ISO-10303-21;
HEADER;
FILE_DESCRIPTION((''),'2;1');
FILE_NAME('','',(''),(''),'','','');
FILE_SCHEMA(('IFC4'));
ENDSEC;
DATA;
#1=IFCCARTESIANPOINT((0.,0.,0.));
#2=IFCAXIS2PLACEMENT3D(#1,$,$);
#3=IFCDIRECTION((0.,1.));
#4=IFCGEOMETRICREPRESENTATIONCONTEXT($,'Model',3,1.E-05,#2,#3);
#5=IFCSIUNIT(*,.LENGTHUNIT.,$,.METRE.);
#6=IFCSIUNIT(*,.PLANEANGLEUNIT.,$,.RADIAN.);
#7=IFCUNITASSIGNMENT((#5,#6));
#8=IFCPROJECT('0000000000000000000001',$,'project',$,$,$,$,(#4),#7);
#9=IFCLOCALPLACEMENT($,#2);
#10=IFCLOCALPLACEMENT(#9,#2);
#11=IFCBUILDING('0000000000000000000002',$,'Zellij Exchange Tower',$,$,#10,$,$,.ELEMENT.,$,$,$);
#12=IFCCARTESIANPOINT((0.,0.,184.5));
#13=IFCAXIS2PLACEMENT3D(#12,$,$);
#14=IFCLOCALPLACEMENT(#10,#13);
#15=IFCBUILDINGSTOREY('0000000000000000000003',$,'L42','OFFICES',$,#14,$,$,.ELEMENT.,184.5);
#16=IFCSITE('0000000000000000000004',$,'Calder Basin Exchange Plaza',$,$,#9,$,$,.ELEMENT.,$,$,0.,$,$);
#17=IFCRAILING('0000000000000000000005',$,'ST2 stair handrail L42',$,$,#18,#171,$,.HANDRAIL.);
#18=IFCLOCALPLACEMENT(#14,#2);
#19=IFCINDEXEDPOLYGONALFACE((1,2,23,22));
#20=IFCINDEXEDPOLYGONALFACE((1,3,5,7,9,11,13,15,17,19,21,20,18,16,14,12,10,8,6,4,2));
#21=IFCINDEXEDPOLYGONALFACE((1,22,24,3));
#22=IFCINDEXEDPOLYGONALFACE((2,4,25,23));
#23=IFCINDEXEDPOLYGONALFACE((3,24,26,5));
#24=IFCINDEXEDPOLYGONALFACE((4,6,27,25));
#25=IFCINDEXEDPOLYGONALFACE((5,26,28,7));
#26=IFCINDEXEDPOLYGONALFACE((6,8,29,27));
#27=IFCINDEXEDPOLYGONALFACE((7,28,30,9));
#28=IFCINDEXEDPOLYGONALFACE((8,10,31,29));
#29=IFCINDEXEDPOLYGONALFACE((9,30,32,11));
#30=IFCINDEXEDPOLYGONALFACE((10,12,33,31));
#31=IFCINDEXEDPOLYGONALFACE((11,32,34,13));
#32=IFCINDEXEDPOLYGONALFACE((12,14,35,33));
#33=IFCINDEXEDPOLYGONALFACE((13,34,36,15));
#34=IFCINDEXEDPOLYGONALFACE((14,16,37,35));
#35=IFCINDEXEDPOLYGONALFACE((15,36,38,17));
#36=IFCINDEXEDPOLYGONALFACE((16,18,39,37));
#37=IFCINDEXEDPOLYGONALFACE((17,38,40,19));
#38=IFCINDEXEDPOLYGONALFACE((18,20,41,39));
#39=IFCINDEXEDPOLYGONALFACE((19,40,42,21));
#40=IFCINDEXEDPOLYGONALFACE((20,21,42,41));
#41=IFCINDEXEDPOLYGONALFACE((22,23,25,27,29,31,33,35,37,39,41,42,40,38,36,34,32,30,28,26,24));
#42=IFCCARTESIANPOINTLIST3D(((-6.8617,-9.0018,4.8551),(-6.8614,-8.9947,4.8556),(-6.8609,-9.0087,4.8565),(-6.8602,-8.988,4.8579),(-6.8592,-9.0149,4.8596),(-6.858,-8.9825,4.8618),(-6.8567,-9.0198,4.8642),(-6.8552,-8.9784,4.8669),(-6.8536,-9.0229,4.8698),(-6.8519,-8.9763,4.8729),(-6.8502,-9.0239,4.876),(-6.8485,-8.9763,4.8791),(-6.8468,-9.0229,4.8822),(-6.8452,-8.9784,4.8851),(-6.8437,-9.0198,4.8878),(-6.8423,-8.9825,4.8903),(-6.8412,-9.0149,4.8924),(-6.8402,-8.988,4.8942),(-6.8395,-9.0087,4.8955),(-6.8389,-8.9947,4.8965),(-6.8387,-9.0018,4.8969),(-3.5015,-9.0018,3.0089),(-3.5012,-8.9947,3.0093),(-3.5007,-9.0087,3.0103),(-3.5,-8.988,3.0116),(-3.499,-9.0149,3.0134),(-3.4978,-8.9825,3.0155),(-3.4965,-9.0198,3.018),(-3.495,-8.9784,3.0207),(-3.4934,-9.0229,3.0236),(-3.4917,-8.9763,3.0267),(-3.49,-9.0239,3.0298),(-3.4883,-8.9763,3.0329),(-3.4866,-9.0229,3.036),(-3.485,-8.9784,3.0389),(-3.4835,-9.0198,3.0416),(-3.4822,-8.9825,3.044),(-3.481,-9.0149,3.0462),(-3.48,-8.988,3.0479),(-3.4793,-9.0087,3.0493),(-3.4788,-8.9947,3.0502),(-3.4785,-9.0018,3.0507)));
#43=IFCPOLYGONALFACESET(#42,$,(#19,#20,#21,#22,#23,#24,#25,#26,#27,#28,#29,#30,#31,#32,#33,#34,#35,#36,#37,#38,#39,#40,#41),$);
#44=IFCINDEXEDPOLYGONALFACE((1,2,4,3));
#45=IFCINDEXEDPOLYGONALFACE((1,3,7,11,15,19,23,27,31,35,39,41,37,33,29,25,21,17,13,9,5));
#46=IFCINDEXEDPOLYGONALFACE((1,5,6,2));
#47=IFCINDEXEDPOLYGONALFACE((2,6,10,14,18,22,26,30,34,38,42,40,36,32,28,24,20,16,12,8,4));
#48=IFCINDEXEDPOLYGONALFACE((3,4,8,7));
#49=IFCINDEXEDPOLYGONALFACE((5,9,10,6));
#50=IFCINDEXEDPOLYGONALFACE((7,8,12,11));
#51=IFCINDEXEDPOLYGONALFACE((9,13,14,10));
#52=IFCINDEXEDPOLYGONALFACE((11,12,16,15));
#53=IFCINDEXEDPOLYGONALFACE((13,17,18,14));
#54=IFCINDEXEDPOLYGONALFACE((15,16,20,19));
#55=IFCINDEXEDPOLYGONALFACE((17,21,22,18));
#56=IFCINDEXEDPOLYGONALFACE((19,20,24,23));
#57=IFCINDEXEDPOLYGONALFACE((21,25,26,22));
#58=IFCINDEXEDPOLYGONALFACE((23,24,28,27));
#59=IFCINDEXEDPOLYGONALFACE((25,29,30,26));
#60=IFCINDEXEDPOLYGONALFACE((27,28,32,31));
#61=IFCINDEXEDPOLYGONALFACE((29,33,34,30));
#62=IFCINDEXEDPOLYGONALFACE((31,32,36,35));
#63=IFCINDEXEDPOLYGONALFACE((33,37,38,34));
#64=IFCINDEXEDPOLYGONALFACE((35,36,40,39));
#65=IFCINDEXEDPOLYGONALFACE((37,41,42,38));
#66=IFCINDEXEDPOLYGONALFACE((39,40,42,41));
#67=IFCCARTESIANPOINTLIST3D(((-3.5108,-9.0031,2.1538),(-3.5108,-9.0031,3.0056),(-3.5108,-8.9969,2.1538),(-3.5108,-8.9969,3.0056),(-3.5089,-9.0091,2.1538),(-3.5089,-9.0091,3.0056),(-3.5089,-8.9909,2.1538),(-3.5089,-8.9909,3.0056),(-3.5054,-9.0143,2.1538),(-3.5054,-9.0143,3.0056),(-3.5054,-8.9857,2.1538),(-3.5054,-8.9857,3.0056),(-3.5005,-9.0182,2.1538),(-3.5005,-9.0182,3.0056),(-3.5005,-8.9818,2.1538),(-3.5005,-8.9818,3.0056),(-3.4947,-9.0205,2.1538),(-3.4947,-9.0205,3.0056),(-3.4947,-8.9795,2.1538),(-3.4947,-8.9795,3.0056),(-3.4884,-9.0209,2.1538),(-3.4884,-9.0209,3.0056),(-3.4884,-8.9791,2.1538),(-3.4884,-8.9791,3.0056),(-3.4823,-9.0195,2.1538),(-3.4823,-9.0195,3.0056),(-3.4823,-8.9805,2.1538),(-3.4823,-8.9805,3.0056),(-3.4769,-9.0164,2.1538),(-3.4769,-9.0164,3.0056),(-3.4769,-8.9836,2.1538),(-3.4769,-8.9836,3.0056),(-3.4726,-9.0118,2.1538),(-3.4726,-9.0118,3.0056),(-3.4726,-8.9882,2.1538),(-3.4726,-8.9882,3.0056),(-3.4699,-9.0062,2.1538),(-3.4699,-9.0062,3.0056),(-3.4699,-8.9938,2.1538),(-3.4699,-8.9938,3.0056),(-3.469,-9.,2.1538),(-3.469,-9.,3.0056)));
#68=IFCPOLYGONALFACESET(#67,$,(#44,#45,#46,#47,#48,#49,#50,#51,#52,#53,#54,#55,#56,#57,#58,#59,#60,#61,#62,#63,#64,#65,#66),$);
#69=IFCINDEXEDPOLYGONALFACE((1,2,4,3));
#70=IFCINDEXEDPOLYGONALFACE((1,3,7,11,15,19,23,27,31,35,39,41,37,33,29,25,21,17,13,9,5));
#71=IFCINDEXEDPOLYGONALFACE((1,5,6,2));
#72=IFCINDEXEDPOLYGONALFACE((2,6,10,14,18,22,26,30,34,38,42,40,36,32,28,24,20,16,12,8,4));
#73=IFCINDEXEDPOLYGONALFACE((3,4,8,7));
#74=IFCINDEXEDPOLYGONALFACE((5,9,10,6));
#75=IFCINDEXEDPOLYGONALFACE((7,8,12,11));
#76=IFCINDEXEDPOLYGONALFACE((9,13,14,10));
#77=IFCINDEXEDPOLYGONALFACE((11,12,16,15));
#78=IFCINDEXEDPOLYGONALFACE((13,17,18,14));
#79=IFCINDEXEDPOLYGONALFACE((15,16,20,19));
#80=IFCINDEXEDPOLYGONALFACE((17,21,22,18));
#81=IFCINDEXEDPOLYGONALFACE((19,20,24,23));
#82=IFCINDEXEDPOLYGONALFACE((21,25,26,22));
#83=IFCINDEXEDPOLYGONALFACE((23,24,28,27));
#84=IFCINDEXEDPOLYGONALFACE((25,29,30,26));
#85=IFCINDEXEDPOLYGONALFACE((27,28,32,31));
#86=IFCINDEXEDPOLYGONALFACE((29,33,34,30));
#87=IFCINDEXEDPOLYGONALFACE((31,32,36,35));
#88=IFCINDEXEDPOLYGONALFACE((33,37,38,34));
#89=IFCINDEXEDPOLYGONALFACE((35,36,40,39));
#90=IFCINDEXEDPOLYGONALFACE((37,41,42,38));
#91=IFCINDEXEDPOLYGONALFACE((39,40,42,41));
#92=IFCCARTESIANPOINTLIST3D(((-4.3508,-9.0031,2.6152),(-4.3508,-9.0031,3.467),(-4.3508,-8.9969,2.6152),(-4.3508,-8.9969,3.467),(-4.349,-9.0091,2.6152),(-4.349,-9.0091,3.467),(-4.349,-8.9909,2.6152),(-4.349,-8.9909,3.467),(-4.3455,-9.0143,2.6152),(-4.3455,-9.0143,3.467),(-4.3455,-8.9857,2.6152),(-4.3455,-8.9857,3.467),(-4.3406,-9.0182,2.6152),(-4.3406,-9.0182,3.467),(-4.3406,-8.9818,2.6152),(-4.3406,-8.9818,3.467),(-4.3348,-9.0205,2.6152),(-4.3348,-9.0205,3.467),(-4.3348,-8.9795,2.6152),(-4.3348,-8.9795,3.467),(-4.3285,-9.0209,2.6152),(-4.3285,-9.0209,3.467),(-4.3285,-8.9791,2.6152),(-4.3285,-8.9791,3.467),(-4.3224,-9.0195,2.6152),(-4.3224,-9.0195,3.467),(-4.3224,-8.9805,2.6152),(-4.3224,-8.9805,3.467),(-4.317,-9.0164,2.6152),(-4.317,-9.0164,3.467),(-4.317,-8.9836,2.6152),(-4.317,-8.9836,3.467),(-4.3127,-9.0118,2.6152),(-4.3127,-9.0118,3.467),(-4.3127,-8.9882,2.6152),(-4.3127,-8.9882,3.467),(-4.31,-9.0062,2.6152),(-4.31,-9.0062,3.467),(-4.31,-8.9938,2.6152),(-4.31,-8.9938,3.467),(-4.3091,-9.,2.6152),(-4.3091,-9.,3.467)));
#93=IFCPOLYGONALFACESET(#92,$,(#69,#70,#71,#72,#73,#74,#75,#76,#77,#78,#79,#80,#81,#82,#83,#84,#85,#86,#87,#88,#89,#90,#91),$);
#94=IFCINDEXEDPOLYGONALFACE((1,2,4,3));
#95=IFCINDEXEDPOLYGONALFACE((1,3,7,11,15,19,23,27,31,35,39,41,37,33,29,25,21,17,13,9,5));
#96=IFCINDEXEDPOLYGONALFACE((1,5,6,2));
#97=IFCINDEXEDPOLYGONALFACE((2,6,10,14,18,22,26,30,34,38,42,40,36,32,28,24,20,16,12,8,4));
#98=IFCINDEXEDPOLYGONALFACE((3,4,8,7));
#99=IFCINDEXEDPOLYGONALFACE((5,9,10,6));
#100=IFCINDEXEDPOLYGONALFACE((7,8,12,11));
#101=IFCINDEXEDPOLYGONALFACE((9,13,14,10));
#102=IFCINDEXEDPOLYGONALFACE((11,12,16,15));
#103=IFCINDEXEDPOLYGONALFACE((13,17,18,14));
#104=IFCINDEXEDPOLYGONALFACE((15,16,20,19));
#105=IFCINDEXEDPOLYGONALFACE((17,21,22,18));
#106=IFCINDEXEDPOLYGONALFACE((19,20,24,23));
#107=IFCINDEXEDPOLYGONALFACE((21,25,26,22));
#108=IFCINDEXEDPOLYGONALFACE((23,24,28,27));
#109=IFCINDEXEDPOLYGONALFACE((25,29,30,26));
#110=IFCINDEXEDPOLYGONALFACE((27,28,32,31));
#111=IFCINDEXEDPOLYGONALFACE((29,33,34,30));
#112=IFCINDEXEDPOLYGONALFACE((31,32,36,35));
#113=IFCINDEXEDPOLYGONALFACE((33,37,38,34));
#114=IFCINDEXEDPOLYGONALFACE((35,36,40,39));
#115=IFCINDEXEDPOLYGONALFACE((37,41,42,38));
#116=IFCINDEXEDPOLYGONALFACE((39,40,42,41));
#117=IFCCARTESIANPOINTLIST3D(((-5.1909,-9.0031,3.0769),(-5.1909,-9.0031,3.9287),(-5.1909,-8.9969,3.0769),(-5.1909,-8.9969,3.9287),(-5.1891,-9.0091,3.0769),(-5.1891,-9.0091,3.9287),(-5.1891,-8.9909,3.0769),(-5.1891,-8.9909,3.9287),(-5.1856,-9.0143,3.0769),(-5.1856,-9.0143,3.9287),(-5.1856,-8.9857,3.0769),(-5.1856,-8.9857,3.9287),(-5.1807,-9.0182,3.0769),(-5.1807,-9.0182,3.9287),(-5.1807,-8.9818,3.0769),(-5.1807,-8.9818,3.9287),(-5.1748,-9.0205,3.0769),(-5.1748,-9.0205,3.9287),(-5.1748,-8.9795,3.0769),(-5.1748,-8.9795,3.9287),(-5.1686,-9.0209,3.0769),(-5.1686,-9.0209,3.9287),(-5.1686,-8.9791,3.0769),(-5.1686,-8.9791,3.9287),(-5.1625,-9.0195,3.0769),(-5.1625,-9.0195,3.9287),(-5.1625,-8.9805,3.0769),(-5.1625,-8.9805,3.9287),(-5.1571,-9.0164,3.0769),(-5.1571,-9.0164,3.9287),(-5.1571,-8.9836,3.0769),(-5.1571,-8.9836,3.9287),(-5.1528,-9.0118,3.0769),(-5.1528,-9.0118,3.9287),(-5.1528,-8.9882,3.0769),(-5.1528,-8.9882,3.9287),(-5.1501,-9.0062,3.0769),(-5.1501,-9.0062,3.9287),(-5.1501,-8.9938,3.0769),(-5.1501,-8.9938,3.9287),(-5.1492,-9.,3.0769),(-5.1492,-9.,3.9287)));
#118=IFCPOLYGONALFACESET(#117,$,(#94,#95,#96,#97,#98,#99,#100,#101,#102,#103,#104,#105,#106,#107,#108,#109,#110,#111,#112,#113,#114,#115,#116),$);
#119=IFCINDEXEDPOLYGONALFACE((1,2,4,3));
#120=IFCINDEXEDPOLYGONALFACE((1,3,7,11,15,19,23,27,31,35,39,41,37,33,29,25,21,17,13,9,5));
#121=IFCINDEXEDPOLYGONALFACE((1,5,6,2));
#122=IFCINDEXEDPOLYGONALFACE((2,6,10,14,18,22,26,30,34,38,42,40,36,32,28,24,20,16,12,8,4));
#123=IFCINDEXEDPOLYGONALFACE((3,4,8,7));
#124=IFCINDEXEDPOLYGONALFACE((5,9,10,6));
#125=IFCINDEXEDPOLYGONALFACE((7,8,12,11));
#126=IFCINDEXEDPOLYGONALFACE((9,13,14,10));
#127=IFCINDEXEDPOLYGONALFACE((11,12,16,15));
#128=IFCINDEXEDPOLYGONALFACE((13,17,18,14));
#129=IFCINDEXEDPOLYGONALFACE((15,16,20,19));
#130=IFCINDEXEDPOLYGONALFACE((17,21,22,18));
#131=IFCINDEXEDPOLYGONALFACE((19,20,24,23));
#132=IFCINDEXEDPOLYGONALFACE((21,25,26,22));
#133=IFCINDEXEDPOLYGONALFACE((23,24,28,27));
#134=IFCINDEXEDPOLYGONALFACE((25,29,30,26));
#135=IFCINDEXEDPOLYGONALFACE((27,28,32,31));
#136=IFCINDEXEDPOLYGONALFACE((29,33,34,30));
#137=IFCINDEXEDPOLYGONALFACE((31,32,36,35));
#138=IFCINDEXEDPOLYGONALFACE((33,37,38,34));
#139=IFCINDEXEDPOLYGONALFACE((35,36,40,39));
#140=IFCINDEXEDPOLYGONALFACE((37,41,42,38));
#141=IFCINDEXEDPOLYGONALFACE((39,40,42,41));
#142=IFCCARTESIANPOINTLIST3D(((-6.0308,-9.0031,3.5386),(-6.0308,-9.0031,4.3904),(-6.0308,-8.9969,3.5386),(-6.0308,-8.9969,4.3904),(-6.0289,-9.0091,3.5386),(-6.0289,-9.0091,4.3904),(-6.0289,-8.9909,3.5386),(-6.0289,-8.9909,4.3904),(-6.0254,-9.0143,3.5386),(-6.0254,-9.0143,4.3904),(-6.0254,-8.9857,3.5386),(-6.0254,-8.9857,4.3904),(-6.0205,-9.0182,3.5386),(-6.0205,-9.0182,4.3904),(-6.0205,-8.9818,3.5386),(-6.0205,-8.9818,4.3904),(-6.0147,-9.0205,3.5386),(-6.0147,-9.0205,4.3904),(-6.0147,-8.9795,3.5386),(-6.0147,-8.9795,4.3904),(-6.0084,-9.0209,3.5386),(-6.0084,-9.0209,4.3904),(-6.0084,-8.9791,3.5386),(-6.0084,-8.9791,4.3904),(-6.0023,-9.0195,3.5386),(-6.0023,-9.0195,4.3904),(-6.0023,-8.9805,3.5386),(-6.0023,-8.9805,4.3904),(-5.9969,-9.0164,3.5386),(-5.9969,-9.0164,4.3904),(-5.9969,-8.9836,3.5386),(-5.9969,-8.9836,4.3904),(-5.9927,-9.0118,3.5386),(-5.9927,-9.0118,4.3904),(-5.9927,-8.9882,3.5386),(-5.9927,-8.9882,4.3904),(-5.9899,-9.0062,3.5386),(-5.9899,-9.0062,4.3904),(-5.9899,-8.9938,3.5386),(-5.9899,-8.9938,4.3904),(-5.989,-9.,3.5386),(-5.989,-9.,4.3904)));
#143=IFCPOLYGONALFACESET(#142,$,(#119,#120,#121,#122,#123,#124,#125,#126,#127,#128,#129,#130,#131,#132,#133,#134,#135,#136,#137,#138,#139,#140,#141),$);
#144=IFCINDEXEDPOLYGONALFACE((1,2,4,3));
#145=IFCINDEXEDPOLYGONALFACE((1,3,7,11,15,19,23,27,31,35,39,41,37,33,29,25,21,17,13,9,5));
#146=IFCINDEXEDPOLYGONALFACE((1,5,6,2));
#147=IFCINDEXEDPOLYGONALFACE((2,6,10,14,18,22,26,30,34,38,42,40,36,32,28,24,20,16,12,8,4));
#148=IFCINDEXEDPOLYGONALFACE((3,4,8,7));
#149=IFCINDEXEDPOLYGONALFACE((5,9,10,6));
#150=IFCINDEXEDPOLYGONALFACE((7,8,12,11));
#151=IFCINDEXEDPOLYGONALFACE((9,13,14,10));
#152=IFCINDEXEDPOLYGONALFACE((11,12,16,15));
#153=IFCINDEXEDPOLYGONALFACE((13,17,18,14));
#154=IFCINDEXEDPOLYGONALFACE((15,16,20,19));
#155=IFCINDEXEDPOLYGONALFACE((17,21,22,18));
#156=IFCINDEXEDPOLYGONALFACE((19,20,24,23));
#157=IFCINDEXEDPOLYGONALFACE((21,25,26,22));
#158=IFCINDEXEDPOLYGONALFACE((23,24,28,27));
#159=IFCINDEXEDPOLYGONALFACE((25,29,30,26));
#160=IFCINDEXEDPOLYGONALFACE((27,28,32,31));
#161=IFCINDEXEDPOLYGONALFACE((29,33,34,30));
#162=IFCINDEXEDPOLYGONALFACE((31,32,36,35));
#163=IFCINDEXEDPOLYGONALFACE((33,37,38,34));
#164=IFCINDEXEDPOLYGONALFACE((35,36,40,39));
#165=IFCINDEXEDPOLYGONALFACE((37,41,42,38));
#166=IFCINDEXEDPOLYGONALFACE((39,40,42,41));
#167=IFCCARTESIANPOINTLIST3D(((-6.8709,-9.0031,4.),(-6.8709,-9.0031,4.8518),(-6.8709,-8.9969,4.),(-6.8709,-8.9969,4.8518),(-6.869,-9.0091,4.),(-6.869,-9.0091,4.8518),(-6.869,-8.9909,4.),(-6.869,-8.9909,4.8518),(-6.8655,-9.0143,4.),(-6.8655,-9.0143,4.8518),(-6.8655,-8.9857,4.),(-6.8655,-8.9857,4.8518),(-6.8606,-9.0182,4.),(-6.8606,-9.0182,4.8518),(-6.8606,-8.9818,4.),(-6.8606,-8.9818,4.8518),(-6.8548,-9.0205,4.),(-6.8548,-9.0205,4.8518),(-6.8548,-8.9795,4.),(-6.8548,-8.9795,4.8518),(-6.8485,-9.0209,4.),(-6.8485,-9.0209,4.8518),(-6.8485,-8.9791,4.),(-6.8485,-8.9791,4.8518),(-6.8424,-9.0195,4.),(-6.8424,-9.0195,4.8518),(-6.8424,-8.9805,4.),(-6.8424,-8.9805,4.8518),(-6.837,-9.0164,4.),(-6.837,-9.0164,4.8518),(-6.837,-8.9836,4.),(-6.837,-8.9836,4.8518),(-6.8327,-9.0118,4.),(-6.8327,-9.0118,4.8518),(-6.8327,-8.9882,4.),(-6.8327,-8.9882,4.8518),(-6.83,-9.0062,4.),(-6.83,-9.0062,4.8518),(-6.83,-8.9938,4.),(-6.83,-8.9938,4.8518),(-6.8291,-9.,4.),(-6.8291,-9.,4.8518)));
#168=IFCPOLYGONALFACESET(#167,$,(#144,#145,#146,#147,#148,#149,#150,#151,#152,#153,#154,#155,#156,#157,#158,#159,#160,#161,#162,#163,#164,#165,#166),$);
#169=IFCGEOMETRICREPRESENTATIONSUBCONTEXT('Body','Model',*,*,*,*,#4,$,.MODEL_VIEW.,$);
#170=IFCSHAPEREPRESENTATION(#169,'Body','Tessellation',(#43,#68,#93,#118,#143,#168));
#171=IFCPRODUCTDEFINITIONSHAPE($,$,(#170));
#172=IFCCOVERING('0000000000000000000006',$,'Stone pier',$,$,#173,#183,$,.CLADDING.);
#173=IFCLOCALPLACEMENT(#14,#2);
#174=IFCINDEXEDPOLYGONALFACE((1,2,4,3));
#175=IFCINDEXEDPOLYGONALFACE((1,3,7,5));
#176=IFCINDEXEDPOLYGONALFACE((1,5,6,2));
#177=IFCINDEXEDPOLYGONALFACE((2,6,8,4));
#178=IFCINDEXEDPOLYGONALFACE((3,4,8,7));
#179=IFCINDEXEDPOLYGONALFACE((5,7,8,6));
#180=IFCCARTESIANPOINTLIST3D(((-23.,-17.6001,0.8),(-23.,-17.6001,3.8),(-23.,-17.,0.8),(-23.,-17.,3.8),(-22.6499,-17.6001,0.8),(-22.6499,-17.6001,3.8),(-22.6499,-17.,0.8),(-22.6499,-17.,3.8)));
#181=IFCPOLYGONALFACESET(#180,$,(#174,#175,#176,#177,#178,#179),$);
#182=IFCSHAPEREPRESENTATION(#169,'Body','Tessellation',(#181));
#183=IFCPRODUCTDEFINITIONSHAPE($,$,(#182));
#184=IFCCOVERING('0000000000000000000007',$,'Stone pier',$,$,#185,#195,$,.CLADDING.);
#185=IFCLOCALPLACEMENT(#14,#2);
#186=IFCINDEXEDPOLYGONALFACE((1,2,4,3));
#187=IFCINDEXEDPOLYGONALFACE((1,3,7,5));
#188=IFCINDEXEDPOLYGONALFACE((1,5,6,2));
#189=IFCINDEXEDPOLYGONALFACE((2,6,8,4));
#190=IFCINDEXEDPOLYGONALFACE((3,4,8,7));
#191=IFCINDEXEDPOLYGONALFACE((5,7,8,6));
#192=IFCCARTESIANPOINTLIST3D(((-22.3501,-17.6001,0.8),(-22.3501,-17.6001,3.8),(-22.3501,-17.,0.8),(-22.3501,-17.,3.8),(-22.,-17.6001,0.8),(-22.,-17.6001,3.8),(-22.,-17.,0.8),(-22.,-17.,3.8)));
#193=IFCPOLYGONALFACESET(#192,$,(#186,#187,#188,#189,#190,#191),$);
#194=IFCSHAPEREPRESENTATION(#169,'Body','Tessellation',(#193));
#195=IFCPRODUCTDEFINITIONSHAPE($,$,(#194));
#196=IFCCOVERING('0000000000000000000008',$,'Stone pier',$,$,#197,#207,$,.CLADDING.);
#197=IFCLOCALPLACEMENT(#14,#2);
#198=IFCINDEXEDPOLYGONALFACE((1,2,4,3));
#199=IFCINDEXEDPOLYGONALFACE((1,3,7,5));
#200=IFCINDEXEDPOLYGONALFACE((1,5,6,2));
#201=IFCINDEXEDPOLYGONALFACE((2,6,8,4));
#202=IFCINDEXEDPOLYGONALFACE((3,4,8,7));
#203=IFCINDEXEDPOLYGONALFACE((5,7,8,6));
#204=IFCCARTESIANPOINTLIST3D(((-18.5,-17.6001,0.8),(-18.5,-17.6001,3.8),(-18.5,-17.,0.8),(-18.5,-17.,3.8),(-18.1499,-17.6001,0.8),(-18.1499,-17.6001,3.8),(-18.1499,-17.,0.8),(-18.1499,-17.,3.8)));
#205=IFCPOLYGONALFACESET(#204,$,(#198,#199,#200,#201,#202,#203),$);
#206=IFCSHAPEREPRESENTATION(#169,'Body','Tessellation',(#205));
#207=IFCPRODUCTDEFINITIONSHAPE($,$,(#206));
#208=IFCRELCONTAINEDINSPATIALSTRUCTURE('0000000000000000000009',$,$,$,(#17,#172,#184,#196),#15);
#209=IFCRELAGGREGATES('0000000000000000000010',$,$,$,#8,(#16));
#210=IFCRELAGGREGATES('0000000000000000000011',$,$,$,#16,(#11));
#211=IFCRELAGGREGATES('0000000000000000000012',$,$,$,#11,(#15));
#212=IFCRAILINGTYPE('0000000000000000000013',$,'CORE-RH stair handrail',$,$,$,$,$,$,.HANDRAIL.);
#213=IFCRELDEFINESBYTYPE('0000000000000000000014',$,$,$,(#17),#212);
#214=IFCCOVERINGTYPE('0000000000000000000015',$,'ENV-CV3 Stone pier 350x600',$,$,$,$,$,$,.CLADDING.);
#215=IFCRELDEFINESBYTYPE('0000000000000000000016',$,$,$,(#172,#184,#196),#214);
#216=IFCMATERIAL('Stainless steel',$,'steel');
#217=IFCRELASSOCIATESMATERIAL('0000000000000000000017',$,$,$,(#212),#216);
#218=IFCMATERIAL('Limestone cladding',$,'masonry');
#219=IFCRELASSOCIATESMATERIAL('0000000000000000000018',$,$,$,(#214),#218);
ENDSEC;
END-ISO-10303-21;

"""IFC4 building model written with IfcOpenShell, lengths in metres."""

from ifc_helpers import new_model, si_unit, direction, frame, origin, origin_2d, place, context, subcontext, project, spatial, polyline, circle, outline, extrude, material, type_object, element, save


model = new_model("IFC4")

# Units and contexts
model_context = context("Model", 3, precision=1e-05, world=origin(), true_north=direction((0.0, 1.0)))
body_context = subcontext(model_context, "Body", "Model", "MODEL_VIEW")
ifc_project = project(units=[si_unit("LENGTHUNIT", "METRE"), si_unit("PLANEANGLEUNIT", "RADIAN")], contexts=[model_context])

# Site, building, storey
site_placement = place(None, origin())
site = spatial("IfcSite", under=ifc_project, at=site_placement, Name="Calder Basin Exchange Plaza", CompositionType="ELEMENT", RefElevation=0.0)
building_placement = place(site_placement, origin())
building = spatial("IfcBuilding", under=site, at=building_placement, Name="Zellij Exchange Tower", CompositionType="ELEMENT")
storey_placement = place(building_placement, frame((0.0, 0.0, 184.5)))
storey = spatial("IfcBuildingStorey", under=building, at=storey_placement, Name="L42", Description="OFFICES", CompositionType="ELEMENT", Elevation=184.5)

# Railing
ifc_material_1 = material(Name="Stainless steel", Category="steel")
railing_type = type_object("IfcRailingType", Name="CORE-RH stair handrail", PredefinedType="HANDRAIL", material=ifc_material_1)
railing_placement = place(storey_placement, frame((-3.49, -9.0, 2.1538)))
element("IfcRailing", 1, at=railing_placement, inside=storey, type_object=railing_type, Name="ST2 stair handrail L42", PredefinedType="HANDRAIL", context=body_context, shape_type="SweptSolid", body=[
    extrude(circle(Radius=0.0239, at=origin_2d()), frame((0.0, 0.0, 0.876), z_axis=(-0.876422, 0.0, 0.481545), x_axis=(0.0, -1.0, 0.0)), (0.0, 0.0, 1.0), 3.834),
    extrude(circle(Radius=0.021, at=origin_2d()), origin(), (0.0, 0.0, 1.0), 0.8518),
    extrude(circle(Radius=0.021, at=origin_2d()), frame((-0.8401, 0.0, 0.4614)), (0.0, 0.0, 1.0), 0.8518),
    extrude(circle(Radius=0.021, at=origin_2d()), frame((-1.6802, 0.0, 0.9231)), (0.0, 0.0, 1.0), 0.8518),
    extrude(circle(Radius=0.021, at=origin_2d()), frame((-2.52, 0.0, 1.3848)), (0.0, 0.0, 1.0), 0.8518),
    extrude(circle(Radius=0.021, at=origin_2d()), frame((-3.3601, 0.0, 1.8462)), (0.0, 0.0, 1.0), 0.8518),
])

# Coverings
ifc_material_2 = material(Name="Limestone cladding", Category="masonry")
covering_type = type_object("IfcCoveringType", Name="ENV-CV3 Stone pier 350x600", PredefinedType="CLADDING", material=ifc_material_2)
covering_1_placement = place(storey_placement, frame((0.0, 0.0, 0.8)))
element("IfcCovering", 2, at=covering_1_placement, inside=storey, type_object=covering_type, Name="Stone pier", PredefinedType="CLADDING", context=body_context, shape_type="SweptSolid", body=[
    extrude(outline(polyline([(-23.0, -17.0), (-22.6499, -17.0), (-22.6499, -17.6001), (-23.0, -17.6001), (-23.0, -17.0)])), origin(), (0.0, 0.0, 1.0), 3.0),
])
covering_2_placement = place(storey_placement, frame((0.0, 0.0, 0.8)))
element("IfcCovering", 3, at=covering_2_placement, inside=storey, type_object=covering_type, Name="Stone pier", PredefinedType="CLADDING", context=body_context, shape_type="SweptSolid", body=[
    extrude(outline(polyline([(-22.3501, -17.0), (-22.0, -17.0), (-22.0, -17.6001), (-22.3501, -17.6001), (-22.3501, -17.0)])), origin(), (0.0, 0.0, 1.0), 3.0),
])
covering_3_placement = place(storey_placement, frame((0.0, 0.0, 0.8)))
element("IfcCovering", 4, at=covering_3_placement, inside=storey, type_object=covering_type, Name="Stone pier", PredefinedType="CLADDING", context=body_context, shape_type="SweptSolid", body=[
    extrude(outline(polyline([(-18.5, -17.0), (-18.1499, -17.0), (-18.1499, -17.6001), (-18.5, -17.6001), (-18.5, -17.0)])), origin(), (0.0, 0.0, 1.0), 3.0),
])

save(model, "model.ifc")
